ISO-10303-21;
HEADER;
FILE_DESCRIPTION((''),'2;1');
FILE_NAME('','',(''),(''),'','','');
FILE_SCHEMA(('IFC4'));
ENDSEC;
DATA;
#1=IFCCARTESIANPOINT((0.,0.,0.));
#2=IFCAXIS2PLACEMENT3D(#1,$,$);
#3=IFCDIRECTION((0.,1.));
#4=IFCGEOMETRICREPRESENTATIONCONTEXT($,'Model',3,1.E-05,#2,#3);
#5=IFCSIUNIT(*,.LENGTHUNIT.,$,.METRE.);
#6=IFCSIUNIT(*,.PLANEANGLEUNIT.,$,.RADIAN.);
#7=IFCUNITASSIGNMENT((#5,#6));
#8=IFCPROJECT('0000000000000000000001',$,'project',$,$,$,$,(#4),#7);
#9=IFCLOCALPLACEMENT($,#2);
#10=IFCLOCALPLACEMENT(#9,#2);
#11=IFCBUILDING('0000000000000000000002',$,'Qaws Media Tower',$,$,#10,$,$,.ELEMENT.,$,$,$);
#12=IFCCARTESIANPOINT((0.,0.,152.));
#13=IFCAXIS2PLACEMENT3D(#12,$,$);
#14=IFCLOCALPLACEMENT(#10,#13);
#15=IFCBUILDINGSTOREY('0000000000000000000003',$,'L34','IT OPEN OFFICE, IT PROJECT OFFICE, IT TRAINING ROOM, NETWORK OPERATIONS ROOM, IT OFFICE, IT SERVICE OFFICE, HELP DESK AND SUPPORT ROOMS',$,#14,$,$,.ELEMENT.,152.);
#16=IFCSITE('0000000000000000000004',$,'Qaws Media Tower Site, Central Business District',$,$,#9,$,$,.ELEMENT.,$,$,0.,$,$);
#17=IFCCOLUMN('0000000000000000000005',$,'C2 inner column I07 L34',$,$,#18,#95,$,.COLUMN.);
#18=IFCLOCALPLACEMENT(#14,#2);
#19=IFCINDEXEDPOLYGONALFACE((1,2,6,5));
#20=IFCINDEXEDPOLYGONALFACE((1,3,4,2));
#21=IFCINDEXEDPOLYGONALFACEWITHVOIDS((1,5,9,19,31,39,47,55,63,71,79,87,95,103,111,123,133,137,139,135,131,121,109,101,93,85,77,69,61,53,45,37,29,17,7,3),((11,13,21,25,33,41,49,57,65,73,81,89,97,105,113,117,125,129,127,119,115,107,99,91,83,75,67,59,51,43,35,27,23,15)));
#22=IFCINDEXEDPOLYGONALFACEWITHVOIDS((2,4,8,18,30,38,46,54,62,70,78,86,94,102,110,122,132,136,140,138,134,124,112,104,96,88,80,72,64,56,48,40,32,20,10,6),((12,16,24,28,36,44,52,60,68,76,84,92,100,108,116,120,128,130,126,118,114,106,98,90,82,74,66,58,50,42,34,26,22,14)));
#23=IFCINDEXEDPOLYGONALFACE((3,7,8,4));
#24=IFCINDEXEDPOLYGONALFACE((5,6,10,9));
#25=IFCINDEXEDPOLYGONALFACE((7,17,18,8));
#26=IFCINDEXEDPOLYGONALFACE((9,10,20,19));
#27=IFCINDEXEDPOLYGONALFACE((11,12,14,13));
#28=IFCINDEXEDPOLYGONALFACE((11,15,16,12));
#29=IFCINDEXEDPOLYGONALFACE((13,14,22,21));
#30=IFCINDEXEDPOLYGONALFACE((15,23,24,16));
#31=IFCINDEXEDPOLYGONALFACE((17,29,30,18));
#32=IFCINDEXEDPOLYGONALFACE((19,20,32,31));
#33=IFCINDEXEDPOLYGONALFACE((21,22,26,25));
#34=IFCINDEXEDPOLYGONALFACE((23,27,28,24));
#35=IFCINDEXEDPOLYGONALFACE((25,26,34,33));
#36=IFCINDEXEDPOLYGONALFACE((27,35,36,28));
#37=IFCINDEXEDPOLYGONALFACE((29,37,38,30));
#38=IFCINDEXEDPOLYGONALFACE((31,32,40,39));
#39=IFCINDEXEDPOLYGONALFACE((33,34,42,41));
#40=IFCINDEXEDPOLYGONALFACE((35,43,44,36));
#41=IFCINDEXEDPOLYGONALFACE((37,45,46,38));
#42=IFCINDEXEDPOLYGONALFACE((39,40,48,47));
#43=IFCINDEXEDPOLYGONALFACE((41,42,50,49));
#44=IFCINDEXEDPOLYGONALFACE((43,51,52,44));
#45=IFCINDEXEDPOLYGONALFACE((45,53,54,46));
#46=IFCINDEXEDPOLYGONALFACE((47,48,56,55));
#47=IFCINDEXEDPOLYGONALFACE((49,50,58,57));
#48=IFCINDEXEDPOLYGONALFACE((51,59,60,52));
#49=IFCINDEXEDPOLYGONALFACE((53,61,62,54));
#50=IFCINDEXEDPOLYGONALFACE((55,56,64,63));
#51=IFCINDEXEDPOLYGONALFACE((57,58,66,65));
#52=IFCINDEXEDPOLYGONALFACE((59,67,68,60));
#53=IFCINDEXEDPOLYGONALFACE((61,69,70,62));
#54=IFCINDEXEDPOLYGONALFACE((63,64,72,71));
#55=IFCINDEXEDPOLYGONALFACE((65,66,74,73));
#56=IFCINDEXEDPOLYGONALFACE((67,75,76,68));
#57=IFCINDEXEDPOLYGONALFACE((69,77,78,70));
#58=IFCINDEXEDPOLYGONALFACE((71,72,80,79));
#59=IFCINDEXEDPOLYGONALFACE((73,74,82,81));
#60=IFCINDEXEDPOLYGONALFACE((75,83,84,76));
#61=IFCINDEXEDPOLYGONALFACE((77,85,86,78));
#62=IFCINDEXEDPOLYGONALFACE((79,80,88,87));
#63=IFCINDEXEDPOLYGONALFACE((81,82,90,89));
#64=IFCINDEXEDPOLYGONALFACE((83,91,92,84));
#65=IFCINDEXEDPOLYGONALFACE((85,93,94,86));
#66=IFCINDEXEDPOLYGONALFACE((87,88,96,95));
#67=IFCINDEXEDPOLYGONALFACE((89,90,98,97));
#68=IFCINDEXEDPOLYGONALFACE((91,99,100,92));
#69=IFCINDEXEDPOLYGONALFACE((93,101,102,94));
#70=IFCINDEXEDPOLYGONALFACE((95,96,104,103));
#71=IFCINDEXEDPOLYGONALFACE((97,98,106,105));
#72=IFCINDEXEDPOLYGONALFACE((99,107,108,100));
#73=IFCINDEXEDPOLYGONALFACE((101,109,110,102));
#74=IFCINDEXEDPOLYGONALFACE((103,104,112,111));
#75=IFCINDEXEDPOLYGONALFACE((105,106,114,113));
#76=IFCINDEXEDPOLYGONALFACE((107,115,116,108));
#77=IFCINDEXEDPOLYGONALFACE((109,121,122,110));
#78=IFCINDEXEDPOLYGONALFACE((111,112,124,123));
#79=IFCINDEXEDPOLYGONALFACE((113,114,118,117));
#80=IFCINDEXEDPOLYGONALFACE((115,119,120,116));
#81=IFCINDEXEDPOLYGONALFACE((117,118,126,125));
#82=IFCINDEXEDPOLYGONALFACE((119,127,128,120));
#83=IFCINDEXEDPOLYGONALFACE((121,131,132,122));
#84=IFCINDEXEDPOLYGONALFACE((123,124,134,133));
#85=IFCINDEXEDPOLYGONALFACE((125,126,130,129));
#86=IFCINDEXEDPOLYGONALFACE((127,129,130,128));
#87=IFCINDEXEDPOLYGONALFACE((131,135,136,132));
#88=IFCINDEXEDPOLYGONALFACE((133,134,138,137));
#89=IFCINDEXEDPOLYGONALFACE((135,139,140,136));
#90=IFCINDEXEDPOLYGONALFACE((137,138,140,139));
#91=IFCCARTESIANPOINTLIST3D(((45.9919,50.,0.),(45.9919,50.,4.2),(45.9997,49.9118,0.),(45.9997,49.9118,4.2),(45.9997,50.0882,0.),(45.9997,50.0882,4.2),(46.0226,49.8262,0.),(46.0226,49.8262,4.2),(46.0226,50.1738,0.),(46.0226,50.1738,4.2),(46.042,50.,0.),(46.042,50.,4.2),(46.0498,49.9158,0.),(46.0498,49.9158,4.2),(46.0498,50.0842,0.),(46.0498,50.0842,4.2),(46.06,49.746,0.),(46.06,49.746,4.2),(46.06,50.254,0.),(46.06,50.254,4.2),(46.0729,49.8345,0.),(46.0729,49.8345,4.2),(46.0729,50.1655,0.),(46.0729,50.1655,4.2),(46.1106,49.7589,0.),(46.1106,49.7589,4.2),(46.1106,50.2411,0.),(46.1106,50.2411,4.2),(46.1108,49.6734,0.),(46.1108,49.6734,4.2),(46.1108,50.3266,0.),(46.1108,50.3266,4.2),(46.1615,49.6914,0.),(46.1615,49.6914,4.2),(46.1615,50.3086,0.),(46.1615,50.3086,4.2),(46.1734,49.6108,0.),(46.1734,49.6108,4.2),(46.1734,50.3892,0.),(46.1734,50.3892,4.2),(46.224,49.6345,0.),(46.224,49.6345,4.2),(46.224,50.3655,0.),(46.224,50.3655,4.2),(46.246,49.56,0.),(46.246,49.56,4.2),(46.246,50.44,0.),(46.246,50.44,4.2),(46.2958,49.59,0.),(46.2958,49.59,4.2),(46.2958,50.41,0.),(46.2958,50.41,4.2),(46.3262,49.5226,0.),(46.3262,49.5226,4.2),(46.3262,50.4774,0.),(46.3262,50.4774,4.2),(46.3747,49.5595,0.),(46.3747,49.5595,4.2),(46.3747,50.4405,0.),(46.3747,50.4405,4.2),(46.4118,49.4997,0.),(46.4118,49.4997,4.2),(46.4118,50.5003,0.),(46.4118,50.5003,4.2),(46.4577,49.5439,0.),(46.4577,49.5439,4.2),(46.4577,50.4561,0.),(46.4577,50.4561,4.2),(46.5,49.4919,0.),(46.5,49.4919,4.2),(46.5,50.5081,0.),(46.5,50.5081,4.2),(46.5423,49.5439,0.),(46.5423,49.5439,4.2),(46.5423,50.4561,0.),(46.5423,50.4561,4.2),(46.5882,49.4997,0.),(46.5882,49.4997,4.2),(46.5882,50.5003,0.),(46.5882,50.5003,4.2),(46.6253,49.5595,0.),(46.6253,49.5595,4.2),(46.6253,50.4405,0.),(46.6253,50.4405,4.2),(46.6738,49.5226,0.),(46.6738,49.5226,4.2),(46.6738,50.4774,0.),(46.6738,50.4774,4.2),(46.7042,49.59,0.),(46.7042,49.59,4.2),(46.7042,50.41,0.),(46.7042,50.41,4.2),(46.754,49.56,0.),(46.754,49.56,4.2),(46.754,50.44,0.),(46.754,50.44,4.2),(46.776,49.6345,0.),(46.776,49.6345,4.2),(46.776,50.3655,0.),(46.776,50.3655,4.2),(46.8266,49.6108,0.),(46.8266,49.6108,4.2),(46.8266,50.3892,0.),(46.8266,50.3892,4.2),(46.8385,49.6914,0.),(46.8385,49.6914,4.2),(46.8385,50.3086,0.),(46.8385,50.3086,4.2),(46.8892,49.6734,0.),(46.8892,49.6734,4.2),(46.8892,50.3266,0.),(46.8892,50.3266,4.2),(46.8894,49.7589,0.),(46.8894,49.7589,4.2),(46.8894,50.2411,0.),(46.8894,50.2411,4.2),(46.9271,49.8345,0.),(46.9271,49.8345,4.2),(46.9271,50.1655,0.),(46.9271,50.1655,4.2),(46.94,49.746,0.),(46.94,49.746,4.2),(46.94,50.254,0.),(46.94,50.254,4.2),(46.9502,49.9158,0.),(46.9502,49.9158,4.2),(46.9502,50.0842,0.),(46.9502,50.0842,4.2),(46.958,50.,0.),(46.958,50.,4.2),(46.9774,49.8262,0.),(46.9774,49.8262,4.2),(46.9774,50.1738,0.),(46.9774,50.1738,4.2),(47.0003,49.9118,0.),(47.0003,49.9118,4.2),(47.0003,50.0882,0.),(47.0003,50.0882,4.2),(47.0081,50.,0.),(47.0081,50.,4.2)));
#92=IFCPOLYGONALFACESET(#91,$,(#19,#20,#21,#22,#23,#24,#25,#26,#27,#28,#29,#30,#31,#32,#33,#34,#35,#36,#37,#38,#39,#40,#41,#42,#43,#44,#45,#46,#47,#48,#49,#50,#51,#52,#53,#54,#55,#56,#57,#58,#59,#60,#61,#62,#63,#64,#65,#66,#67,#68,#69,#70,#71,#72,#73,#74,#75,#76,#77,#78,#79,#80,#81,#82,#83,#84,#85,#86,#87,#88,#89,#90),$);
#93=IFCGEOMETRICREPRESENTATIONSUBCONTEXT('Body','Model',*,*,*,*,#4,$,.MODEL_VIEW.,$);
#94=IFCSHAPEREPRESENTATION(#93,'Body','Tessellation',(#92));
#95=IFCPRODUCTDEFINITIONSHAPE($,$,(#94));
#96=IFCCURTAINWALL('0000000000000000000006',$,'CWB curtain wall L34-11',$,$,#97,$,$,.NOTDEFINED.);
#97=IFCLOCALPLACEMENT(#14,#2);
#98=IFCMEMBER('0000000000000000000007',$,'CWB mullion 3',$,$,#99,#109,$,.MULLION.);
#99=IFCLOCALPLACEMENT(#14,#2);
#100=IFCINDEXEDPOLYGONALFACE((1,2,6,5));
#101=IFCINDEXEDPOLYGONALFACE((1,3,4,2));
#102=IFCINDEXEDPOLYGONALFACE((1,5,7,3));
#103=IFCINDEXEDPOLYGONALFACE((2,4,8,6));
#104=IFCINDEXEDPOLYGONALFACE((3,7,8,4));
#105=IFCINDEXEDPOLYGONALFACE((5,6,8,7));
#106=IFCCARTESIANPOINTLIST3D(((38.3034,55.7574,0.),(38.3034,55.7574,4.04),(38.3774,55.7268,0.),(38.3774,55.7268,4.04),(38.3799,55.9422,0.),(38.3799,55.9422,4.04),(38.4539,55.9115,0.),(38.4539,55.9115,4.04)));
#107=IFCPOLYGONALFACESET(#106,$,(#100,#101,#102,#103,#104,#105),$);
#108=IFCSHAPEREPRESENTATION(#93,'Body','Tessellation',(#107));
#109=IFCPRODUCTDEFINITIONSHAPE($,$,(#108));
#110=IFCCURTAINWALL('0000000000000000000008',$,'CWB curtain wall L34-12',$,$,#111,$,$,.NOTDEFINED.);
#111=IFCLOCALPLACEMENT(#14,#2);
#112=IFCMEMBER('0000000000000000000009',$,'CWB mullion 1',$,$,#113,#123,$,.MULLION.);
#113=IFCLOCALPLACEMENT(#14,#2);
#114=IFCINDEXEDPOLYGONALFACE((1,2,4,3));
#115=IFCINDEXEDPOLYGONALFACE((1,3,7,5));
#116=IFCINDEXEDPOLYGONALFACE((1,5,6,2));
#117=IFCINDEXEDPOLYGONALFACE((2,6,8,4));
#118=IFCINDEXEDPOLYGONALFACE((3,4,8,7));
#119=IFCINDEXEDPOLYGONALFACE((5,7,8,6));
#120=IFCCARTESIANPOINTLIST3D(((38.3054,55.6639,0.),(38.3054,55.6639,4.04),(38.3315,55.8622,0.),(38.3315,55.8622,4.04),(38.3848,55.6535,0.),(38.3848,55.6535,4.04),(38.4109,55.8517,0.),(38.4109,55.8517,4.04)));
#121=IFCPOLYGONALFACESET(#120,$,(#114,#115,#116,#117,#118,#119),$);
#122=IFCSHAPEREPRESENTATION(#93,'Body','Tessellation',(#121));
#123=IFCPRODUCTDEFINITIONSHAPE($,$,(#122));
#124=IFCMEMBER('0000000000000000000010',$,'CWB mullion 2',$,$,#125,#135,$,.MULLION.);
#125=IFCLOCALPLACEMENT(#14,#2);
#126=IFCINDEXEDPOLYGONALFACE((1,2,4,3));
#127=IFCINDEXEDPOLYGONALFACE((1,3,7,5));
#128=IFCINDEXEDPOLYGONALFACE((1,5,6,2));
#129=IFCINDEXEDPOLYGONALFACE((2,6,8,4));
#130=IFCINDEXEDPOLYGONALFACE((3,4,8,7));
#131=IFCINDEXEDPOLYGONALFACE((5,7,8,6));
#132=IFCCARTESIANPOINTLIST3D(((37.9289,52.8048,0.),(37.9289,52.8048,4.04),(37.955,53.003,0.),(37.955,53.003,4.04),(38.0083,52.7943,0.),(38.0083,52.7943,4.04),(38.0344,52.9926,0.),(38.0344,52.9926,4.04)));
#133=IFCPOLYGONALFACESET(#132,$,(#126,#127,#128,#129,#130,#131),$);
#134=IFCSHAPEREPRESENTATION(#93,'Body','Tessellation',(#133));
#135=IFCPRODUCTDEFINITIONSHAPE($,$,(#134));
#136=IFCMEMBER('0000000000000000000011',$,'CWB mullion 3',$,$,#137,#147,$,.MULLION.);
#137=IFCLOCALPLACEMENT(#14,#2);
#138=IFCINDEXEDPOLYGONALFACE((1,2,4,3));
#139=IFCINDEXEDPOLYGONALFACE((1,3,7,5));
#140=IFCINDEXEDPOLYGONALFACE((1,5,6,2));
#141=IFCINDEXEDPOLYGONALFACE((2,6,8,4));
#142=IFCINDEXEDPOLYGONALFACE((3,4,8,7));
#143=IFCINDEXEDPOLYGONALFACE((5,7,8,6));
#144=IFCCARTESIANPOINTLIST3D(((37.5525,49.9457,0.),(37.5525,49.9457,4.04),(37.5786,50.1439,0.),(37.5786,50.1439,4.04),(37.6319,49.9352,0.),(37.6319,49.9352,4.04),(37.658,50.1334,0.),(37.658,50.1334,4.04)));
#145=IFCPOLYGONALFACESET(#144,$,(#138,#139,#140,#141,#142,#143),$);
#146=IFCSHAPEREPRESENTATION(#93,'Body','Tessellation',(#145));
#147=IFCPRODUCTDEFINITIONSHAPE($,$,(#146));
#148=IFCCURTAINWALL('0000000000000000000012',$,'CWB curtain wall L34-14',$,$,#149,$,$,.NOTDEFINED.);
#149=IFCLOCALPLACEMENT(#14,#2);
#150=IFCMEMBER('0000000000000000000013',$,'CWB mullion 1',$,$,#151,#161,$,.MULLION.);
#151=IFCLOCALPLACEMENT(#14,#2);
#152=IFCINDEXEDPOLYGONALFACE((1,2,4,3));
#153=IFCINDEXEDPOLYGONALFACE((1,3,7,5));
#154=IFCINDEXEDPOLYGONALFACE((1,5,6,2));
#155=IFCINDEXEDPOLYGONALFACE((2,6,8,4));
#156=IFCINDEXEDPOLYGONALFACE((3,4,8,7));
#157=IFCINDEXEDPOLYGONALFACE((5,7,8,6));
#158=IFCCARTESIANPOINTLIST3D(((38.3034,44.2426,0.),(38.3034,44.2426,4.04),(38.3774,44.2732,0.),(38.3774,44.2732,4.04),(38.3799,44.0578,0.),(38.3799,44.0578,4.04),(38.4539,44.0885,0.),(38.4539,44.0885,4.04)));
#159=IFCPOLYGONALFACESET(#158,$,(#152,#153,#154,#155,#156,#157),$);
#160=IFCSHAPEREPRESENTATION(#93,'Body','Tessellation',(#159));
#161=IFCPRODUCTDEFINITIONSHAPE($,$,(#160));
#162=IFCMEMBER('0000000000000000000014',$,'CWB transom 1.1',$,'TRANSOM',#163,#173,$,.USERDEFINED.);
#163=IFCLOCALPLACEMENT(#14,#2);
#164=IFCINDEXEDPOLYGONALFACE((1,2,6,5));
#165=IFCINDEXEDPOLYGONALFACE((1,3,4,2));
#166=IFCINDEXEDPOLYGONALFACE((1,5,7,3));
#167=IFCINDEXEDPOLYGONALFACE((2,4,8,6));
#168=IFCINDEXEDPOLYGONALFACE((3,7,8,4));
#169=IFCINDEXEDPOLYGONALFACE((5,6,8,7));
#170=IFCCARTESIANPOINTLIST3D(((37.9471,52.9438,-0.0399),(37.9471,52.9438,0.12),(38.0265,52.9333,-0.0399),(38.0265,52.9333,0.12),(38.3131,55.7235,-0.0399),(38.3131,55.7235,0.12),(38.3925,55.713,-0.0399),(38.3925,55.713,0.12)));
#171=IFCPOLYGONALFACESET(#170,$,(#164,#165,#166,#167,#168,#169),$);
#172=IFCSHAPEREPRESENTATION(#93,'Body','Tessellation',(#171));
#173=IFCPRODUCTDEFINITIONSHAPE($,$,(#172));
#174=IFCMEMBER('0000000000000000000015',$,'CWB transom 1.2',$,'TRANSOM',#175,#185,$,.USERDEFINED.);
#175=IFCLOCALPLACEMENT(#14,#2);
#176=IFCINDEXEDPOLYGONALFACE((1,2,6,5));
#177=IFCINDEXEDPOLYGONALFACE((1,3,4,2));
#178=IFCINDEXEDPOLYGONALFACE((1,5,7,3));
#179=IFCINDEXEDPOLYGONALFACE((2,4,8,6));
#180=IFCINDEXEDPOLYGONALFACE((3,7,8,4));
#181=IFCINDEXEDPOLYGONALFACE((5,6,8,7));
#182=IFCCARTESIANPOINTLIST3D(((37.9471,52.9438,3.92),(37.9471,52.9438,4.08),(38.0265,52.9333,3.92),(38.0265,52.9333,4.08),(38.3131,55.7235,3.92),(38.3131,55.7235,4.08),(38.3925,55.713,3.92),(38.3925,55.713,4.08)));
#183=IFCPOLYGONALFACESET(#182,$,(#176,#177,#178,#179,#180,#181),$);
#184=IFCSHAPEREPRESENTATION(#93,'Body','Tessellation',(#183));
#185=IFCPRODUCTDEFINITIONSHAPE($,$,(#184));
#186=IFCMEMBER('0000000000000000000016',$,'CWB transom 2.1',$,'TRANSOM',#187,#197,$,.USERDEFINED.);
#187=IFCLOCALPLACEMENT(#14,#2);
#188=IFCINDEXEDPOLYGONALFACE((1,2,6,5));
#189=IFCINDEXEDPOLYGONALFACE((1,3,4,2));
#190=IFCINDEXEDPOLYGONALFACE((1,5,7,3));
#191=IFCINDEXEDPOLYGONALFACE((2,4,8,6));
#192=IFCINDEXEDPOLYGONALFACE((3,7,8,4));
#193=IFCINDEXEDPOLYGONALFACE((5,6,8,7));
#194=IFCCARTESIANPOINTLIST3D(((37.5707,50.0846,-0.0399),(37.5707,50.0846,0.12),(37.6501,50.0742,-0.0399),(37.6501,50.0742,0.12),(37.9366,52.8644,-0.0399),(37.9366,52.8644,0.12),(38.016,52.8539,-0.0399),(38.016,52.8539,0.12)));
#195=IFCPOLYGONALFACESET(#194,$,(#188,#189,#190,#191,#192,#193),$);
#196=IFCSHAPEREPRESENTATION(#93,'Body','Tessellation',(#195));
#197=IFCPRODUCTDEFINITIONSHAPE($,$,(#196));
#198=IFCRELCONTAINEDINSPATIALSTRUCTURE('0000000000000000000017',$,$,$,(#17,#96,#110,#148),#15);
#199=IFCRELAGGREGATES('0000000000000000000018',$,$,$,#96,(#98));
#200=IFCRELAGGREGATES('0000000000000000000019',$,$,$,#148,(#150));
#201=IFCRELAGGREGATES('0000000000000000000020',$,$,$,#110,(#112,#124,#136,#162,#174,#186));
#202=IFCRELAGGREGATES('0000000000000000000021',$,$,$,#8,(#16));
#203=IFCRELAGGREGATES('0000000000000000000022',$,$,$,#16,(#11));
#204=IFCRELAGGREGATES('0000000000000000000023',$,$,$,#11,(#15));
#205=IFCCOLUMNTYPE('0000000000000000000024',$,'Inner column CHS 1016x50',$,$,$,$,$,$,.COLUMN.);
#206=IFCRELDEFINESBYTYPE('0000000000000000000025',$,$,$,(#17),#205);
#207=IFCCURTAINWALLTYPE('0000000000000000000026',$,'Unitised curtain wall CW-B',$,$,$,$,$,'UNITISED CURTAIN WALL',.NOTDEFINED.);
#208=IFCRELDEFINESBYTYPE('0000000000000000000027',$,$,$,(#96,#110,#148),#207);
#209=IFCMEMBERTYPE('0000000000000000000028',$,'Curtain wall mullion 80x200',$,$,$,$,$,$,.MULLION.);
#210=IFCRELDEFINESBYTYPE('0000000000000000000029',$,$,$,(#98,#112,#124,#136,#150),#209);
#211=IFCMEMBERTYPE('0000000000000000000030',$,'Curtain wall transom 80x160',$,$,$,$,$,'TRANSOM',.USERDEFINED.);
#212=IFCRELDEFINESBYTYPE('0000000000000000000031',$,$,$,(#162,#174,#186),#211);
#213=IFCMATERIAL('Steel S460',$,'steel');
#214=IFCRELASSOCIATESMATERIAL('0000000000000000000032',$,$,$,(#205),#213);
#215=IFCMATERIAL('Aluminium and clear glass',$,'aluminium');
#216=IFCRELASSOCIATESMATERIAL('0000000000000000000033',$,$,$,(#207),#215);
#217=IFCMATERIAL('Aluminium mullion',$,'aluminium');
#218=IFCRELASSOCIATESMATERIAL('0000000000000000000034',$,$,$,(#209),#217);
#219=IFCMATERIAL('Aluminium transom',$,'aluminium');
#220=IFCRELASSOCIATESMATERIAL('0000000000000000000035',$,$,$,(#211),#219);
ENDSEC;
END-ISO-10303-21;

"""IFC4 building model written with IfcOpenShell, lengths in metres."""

from ifc_helpers import new_model, si_unit, direction, frame, origin, origin_2d, place, context, subcontext, project, spatial, rectangle, hollow_circle, extrude, material, material_profile, profile_set, type_object, element, aggregate, save


model = new_model("IFC4")

# Units and contexts
model_context = context("Model", 3, precision=1e-05, world=origin(), true_north=direction((0.0, 1.0)))
body_context = subcontext(model_context, "Body", "Model", "MODEL_VIEW")
ifc_project = project(units=[si_unit("LENGTHUNIT", "METRE"), si_unit("PLANEANGLEUNIT", "RADIAN")], contexts=[model_context])

# Site, building, storey
site_placement = place(None, origin())
site = spatial("IfcSite", under=ifc_project, at=site_placement, Name="Qaws Media Tower Site, Central Business District", CompositionType="ELEMENT", RefElevation=0.0)
building_placement = place(site_placement, origin())
building = spatial("IfcBuilding", under=site, at=building_placement, Name="Qaws Media Tower", CompositionType="ELEMENT")
storey_placement = place(building_placement, frame((0.0, 0.0, 152.0)))
storey = spatial("IfcBuildingStorey", under=building, at=storey_placement, Name="L34", Description="IT OPEN OFFICE, IT PROJECT OFFICE, IT TRAINING ROOM, NETWORK OPERATIONS ROOM, IT OFFICE, IT SERVICE OFFICE, HELP DESK AND SUPPORT ROOMS", CompositionType="ELEMENT", Elevation=152.0)

# Column
ifc_material_1 = material(Name="Steel S460", Category="steel")
ifc_material_profile_1 = material_profile(ifc_material_1, hollow_circle(Radius=0.5081, WallThickness=0.05, at=origin_2d()), Name="CHS 1016x50")
ifc_profile_set_1 = profile_set([ifc_material_profile_1], Name="Steel S460")
column_type = type_object("IfcColumnType", Name="Inner column CHS 1016x50", PredefinedType="COLUMN", material=ifc_profile_set_1)
column_placement = place(storey_placement, frame((46.5, 50.0, 0.0), z_axis=(0.0, 0.0, 1.0), x_axis=(1.0, 0.0, 0.0)))
element("IfcColumn", 1, at=column_placement, inside=storey, type_object=column_type, Name="C2 inner column I07 L34", PredefinedType="COLUMN", context=body_context, shape_type="SweptSolid", body=[
    extrude(hollow_circle(Radius=0.5081, WallThickness=0.05, at=origin_2d()), origin(), (0.0, 0.0, 1.0), 4.2),
])

# Curtain wall, member
ifc_material_2 = material(Name="Aluminium and clear glass", Category="aluminium")
curtain_wall_type = type_object("IfcCurtainWallType", Name="Unitised curtain wall CW-B", ElementType="UNITISED CURTAIN WALL", PredefinedType="NOTDEFINED", material=ifc_material_2)
curtain_wall_1_placement = place(storey_placement, origin())
curtain_wall_1 = element("IfcCurtainWall", 2, at=curtain_wall_1_placement, inside=storey, type_object=curtain_wall_type, Name="CWB curtain wall L34-11", PredefinedType="NOTDEFINED")
ifc_material_3 = material(Name="Aluminium mullion", Category="aluminium")
ifc_material_profile_2 = material_profile(ifc_material_3, rectangle(XDim=0.0801, YDim=0.2, at=origin_2d()), Name="80x200")
ifc_profile_set_2 = profile_set([ifc_material_profile_2], Name="Aluminium mullion")
member_type_1 = type_object("IfcMemberType", Name="Curtain wall mullion 80x200", PredefinedType="MULLION", material=ifc_profile_set_2)
member_1_placement = place(storey_placement, frame((38.3787, 55.8345, 0.0), z_axis=(0.0, 0.0, 1.0), x_axis=(0.923879, -0.382684, 0.0)))
member_1 = element("IfcMember", 3, at=member_1_placement, type_object=member_type_1, Name="CWB mullion 3", PredefinedType="MULLION", context=body_context, shape_type="SweptSolid", body=[
    extrude(rectangle(XDim=0.0801, YDim=0.2, at=origin_2d()), origin(), (0.0, 0.0, 1.0), 4.04),
])
aggregate(curtain_wall_1, [member_1])

# Curtain wall, members
curtain_wall_2_placement = place(storey_placement, origin())
curtain_wall_2 = element("IfcCurtainWall", 4, at=curtain_wall_2_placement, inside=storey, type_object=curtain_wall_type, Name="CWB curtain wall L34-12", PredefinedType="NOTDEFINED")
member_2_placement = place(storey_placement, frame((38.3582, 55.7578, 0.0), z_axis=(0.0, 0.0, 1.0), x_axis=(0.991445, -0.130526, 0.0)))
member_2 = element("IfcMember", 5, at=member_2_placement, type_object=member_type_1, Name="CWB mullion 1", PredefinedType="MULLION", context=body_context, shape_type="SweptSolid", body=[
    extrude(rectangle(XDim=0.0801, YDim=0.2, at=origin_2d()), origin(), (0.0, 0.0, 1.0), 4.04),
])
member_3_placement = place(storey_placement, frame((37.9817, 52.8987, 0.0), z_axis=(0.0, 0.0, 1.0), x_axis=(0.991445, -0.130526, 0.0)))
member_3 = element("IfcMember", 6, at=member_3_placement, type_object=member_type_1, Name="CWB mullion 2", PredefinedType="MULLION", context=body_context, shape_type="SweptSolid", body=[
    extrude(rectangle(XDim=0.0801, YDim=0.2, at=origin_2d()), origin(), (0.0, 0.0, 1.0), 4.04),
])
member_4_placement = place(storey_placement, frame((37.6052, 50.0396, 0.0), z_axis=(0.0, 0.0, 1.0), x_axis=(0.991445, -0.130526, 0.0)))
member_4 = element("IfcMember", 7, at=member_4_placement, type_object=member_type_1, Name="CWB mullion 3", PredefinedType="MULLION", context=body_context, shape_type="SweptSolid", body=[
    extrude(rectangle(XDim=0.0801, YDim=0.2, at=origin_2d()), origin(), (0.0, 0.0, 1.0), 4.04),
])

# Curtain wall, member
curtain_wall_3_placement = place(storey_placement, origin())
curtain_wall_3 = element("IfcCurtainWall", 8, at=curtain_wall_3_placement, inside=storey, type_object=curtain_wall_type, Name="CWB curtain wall L34-14", PredefinedType="NOTDEFINED")
member_5_placement = place(storey_placement, frame((38.3787, 44.1655, 0.0), z_axis=(0.0, 0.0, 1.0), x_axis=(0.923879, 0.382684, 0.0)))
member_5 = element("IfcMember", 9, at=member_5_placement, type_object=member_type_1, Name="CWB mullion 1", PredefinedType="MULLION", context=body_context, shape_type="SweptSolid", body=[
    extrude(rectangle(XDim=0.0801, YDim=0.2, at=origin_2d()), origin(), (0.0, 0.0, 1.0), 4.04),
])

# Members
ifc_material_4 = material(Name="Aluminium transom", Category="aluminium")
ifc_material_profile_3 = material_profile(ifc_material_4, rectangle(XDim=0.0801, YDim=0.1599, at=origin_2d()), Name="80x160")
ifc_profile_set_3 = profile_set([ifc_material_profile_3], Name="Aluminium transom")
member_type_2 = type_object("IfcMemberType", Name="Curtain wall transom 80x160", ElementType="TRANSOM", PredefinedType="USERDEFINED", material=ifc_profile_set_3)
member_6_placement = place(storey_placement, frame((38.3528, 55.7183, 0.04), z_axis=(-0.130527, -0.991445, 0.0), x_axis=(0.991445, -0.130527, 0.0)))
member_6 = element("IfcMember", 10, at=member_6_placement, type_object=member_type_2, Name="CWB transom 1.1", ObjectType="TRANSOM", PredefinedType="USERDEFINED", context=body_context, shape_type="SweptSolid", body=[
    extrude(rectangle(XDim=0.0801, YDim=0.1599, at=origin_2d()), origin(), (0.0, 0.0, 1.0), 2.8037),
])
member_7_placement = place(storey_placement, frame((38.3528, 55.7183, 4.0), z_axis=(-0.130527, -0.991445, 0.0), x_axis=(0.991445, -0.130527, 0.0)))
member_7 = element("IfcMember", 11, at=member_7_placement, type_object=member_type_2, Name="CWB transom 1.2", ObjectType="TRANSOM", PredefinedType="USERDEFINED", context=body_context, shape_type="SweptSolid", body=[
    extrude(rectangle(XDim=0.0801, YDim=0.1599, at=origin_2d()), origin(), (0.0, 0.0, 1.0), 2.8037),
])
member_8_placement = place(storey_placement, frame((37.9763, 52.8591, 0.04), z_axis=(-0.130527, -0.991445, 0.0), x_axis=(0.991445, -0.130527, 0.0)))
member_8 = element("IfcMember", 12, at=member_8_placement, type_object=member_type_2, Name="CWB transom 2.1", ObjectType="TRANSOM", PredefinedType="USERDEFINED", context=body_context, shape_type="SweptSolid", body=[
    extrude(rectangle(XDim=0.0801, YDim=0.1599, at=origin_2d()), origin(), (0.0, 0.0, 1.0), 2.8037),
])
aggregate(curtain_wall_3, [member_5])

aggregate(curtain_wall_2, [member_2, member_3, member_4, member_6, member_7, member_8])

save(model, "model.ifc")
